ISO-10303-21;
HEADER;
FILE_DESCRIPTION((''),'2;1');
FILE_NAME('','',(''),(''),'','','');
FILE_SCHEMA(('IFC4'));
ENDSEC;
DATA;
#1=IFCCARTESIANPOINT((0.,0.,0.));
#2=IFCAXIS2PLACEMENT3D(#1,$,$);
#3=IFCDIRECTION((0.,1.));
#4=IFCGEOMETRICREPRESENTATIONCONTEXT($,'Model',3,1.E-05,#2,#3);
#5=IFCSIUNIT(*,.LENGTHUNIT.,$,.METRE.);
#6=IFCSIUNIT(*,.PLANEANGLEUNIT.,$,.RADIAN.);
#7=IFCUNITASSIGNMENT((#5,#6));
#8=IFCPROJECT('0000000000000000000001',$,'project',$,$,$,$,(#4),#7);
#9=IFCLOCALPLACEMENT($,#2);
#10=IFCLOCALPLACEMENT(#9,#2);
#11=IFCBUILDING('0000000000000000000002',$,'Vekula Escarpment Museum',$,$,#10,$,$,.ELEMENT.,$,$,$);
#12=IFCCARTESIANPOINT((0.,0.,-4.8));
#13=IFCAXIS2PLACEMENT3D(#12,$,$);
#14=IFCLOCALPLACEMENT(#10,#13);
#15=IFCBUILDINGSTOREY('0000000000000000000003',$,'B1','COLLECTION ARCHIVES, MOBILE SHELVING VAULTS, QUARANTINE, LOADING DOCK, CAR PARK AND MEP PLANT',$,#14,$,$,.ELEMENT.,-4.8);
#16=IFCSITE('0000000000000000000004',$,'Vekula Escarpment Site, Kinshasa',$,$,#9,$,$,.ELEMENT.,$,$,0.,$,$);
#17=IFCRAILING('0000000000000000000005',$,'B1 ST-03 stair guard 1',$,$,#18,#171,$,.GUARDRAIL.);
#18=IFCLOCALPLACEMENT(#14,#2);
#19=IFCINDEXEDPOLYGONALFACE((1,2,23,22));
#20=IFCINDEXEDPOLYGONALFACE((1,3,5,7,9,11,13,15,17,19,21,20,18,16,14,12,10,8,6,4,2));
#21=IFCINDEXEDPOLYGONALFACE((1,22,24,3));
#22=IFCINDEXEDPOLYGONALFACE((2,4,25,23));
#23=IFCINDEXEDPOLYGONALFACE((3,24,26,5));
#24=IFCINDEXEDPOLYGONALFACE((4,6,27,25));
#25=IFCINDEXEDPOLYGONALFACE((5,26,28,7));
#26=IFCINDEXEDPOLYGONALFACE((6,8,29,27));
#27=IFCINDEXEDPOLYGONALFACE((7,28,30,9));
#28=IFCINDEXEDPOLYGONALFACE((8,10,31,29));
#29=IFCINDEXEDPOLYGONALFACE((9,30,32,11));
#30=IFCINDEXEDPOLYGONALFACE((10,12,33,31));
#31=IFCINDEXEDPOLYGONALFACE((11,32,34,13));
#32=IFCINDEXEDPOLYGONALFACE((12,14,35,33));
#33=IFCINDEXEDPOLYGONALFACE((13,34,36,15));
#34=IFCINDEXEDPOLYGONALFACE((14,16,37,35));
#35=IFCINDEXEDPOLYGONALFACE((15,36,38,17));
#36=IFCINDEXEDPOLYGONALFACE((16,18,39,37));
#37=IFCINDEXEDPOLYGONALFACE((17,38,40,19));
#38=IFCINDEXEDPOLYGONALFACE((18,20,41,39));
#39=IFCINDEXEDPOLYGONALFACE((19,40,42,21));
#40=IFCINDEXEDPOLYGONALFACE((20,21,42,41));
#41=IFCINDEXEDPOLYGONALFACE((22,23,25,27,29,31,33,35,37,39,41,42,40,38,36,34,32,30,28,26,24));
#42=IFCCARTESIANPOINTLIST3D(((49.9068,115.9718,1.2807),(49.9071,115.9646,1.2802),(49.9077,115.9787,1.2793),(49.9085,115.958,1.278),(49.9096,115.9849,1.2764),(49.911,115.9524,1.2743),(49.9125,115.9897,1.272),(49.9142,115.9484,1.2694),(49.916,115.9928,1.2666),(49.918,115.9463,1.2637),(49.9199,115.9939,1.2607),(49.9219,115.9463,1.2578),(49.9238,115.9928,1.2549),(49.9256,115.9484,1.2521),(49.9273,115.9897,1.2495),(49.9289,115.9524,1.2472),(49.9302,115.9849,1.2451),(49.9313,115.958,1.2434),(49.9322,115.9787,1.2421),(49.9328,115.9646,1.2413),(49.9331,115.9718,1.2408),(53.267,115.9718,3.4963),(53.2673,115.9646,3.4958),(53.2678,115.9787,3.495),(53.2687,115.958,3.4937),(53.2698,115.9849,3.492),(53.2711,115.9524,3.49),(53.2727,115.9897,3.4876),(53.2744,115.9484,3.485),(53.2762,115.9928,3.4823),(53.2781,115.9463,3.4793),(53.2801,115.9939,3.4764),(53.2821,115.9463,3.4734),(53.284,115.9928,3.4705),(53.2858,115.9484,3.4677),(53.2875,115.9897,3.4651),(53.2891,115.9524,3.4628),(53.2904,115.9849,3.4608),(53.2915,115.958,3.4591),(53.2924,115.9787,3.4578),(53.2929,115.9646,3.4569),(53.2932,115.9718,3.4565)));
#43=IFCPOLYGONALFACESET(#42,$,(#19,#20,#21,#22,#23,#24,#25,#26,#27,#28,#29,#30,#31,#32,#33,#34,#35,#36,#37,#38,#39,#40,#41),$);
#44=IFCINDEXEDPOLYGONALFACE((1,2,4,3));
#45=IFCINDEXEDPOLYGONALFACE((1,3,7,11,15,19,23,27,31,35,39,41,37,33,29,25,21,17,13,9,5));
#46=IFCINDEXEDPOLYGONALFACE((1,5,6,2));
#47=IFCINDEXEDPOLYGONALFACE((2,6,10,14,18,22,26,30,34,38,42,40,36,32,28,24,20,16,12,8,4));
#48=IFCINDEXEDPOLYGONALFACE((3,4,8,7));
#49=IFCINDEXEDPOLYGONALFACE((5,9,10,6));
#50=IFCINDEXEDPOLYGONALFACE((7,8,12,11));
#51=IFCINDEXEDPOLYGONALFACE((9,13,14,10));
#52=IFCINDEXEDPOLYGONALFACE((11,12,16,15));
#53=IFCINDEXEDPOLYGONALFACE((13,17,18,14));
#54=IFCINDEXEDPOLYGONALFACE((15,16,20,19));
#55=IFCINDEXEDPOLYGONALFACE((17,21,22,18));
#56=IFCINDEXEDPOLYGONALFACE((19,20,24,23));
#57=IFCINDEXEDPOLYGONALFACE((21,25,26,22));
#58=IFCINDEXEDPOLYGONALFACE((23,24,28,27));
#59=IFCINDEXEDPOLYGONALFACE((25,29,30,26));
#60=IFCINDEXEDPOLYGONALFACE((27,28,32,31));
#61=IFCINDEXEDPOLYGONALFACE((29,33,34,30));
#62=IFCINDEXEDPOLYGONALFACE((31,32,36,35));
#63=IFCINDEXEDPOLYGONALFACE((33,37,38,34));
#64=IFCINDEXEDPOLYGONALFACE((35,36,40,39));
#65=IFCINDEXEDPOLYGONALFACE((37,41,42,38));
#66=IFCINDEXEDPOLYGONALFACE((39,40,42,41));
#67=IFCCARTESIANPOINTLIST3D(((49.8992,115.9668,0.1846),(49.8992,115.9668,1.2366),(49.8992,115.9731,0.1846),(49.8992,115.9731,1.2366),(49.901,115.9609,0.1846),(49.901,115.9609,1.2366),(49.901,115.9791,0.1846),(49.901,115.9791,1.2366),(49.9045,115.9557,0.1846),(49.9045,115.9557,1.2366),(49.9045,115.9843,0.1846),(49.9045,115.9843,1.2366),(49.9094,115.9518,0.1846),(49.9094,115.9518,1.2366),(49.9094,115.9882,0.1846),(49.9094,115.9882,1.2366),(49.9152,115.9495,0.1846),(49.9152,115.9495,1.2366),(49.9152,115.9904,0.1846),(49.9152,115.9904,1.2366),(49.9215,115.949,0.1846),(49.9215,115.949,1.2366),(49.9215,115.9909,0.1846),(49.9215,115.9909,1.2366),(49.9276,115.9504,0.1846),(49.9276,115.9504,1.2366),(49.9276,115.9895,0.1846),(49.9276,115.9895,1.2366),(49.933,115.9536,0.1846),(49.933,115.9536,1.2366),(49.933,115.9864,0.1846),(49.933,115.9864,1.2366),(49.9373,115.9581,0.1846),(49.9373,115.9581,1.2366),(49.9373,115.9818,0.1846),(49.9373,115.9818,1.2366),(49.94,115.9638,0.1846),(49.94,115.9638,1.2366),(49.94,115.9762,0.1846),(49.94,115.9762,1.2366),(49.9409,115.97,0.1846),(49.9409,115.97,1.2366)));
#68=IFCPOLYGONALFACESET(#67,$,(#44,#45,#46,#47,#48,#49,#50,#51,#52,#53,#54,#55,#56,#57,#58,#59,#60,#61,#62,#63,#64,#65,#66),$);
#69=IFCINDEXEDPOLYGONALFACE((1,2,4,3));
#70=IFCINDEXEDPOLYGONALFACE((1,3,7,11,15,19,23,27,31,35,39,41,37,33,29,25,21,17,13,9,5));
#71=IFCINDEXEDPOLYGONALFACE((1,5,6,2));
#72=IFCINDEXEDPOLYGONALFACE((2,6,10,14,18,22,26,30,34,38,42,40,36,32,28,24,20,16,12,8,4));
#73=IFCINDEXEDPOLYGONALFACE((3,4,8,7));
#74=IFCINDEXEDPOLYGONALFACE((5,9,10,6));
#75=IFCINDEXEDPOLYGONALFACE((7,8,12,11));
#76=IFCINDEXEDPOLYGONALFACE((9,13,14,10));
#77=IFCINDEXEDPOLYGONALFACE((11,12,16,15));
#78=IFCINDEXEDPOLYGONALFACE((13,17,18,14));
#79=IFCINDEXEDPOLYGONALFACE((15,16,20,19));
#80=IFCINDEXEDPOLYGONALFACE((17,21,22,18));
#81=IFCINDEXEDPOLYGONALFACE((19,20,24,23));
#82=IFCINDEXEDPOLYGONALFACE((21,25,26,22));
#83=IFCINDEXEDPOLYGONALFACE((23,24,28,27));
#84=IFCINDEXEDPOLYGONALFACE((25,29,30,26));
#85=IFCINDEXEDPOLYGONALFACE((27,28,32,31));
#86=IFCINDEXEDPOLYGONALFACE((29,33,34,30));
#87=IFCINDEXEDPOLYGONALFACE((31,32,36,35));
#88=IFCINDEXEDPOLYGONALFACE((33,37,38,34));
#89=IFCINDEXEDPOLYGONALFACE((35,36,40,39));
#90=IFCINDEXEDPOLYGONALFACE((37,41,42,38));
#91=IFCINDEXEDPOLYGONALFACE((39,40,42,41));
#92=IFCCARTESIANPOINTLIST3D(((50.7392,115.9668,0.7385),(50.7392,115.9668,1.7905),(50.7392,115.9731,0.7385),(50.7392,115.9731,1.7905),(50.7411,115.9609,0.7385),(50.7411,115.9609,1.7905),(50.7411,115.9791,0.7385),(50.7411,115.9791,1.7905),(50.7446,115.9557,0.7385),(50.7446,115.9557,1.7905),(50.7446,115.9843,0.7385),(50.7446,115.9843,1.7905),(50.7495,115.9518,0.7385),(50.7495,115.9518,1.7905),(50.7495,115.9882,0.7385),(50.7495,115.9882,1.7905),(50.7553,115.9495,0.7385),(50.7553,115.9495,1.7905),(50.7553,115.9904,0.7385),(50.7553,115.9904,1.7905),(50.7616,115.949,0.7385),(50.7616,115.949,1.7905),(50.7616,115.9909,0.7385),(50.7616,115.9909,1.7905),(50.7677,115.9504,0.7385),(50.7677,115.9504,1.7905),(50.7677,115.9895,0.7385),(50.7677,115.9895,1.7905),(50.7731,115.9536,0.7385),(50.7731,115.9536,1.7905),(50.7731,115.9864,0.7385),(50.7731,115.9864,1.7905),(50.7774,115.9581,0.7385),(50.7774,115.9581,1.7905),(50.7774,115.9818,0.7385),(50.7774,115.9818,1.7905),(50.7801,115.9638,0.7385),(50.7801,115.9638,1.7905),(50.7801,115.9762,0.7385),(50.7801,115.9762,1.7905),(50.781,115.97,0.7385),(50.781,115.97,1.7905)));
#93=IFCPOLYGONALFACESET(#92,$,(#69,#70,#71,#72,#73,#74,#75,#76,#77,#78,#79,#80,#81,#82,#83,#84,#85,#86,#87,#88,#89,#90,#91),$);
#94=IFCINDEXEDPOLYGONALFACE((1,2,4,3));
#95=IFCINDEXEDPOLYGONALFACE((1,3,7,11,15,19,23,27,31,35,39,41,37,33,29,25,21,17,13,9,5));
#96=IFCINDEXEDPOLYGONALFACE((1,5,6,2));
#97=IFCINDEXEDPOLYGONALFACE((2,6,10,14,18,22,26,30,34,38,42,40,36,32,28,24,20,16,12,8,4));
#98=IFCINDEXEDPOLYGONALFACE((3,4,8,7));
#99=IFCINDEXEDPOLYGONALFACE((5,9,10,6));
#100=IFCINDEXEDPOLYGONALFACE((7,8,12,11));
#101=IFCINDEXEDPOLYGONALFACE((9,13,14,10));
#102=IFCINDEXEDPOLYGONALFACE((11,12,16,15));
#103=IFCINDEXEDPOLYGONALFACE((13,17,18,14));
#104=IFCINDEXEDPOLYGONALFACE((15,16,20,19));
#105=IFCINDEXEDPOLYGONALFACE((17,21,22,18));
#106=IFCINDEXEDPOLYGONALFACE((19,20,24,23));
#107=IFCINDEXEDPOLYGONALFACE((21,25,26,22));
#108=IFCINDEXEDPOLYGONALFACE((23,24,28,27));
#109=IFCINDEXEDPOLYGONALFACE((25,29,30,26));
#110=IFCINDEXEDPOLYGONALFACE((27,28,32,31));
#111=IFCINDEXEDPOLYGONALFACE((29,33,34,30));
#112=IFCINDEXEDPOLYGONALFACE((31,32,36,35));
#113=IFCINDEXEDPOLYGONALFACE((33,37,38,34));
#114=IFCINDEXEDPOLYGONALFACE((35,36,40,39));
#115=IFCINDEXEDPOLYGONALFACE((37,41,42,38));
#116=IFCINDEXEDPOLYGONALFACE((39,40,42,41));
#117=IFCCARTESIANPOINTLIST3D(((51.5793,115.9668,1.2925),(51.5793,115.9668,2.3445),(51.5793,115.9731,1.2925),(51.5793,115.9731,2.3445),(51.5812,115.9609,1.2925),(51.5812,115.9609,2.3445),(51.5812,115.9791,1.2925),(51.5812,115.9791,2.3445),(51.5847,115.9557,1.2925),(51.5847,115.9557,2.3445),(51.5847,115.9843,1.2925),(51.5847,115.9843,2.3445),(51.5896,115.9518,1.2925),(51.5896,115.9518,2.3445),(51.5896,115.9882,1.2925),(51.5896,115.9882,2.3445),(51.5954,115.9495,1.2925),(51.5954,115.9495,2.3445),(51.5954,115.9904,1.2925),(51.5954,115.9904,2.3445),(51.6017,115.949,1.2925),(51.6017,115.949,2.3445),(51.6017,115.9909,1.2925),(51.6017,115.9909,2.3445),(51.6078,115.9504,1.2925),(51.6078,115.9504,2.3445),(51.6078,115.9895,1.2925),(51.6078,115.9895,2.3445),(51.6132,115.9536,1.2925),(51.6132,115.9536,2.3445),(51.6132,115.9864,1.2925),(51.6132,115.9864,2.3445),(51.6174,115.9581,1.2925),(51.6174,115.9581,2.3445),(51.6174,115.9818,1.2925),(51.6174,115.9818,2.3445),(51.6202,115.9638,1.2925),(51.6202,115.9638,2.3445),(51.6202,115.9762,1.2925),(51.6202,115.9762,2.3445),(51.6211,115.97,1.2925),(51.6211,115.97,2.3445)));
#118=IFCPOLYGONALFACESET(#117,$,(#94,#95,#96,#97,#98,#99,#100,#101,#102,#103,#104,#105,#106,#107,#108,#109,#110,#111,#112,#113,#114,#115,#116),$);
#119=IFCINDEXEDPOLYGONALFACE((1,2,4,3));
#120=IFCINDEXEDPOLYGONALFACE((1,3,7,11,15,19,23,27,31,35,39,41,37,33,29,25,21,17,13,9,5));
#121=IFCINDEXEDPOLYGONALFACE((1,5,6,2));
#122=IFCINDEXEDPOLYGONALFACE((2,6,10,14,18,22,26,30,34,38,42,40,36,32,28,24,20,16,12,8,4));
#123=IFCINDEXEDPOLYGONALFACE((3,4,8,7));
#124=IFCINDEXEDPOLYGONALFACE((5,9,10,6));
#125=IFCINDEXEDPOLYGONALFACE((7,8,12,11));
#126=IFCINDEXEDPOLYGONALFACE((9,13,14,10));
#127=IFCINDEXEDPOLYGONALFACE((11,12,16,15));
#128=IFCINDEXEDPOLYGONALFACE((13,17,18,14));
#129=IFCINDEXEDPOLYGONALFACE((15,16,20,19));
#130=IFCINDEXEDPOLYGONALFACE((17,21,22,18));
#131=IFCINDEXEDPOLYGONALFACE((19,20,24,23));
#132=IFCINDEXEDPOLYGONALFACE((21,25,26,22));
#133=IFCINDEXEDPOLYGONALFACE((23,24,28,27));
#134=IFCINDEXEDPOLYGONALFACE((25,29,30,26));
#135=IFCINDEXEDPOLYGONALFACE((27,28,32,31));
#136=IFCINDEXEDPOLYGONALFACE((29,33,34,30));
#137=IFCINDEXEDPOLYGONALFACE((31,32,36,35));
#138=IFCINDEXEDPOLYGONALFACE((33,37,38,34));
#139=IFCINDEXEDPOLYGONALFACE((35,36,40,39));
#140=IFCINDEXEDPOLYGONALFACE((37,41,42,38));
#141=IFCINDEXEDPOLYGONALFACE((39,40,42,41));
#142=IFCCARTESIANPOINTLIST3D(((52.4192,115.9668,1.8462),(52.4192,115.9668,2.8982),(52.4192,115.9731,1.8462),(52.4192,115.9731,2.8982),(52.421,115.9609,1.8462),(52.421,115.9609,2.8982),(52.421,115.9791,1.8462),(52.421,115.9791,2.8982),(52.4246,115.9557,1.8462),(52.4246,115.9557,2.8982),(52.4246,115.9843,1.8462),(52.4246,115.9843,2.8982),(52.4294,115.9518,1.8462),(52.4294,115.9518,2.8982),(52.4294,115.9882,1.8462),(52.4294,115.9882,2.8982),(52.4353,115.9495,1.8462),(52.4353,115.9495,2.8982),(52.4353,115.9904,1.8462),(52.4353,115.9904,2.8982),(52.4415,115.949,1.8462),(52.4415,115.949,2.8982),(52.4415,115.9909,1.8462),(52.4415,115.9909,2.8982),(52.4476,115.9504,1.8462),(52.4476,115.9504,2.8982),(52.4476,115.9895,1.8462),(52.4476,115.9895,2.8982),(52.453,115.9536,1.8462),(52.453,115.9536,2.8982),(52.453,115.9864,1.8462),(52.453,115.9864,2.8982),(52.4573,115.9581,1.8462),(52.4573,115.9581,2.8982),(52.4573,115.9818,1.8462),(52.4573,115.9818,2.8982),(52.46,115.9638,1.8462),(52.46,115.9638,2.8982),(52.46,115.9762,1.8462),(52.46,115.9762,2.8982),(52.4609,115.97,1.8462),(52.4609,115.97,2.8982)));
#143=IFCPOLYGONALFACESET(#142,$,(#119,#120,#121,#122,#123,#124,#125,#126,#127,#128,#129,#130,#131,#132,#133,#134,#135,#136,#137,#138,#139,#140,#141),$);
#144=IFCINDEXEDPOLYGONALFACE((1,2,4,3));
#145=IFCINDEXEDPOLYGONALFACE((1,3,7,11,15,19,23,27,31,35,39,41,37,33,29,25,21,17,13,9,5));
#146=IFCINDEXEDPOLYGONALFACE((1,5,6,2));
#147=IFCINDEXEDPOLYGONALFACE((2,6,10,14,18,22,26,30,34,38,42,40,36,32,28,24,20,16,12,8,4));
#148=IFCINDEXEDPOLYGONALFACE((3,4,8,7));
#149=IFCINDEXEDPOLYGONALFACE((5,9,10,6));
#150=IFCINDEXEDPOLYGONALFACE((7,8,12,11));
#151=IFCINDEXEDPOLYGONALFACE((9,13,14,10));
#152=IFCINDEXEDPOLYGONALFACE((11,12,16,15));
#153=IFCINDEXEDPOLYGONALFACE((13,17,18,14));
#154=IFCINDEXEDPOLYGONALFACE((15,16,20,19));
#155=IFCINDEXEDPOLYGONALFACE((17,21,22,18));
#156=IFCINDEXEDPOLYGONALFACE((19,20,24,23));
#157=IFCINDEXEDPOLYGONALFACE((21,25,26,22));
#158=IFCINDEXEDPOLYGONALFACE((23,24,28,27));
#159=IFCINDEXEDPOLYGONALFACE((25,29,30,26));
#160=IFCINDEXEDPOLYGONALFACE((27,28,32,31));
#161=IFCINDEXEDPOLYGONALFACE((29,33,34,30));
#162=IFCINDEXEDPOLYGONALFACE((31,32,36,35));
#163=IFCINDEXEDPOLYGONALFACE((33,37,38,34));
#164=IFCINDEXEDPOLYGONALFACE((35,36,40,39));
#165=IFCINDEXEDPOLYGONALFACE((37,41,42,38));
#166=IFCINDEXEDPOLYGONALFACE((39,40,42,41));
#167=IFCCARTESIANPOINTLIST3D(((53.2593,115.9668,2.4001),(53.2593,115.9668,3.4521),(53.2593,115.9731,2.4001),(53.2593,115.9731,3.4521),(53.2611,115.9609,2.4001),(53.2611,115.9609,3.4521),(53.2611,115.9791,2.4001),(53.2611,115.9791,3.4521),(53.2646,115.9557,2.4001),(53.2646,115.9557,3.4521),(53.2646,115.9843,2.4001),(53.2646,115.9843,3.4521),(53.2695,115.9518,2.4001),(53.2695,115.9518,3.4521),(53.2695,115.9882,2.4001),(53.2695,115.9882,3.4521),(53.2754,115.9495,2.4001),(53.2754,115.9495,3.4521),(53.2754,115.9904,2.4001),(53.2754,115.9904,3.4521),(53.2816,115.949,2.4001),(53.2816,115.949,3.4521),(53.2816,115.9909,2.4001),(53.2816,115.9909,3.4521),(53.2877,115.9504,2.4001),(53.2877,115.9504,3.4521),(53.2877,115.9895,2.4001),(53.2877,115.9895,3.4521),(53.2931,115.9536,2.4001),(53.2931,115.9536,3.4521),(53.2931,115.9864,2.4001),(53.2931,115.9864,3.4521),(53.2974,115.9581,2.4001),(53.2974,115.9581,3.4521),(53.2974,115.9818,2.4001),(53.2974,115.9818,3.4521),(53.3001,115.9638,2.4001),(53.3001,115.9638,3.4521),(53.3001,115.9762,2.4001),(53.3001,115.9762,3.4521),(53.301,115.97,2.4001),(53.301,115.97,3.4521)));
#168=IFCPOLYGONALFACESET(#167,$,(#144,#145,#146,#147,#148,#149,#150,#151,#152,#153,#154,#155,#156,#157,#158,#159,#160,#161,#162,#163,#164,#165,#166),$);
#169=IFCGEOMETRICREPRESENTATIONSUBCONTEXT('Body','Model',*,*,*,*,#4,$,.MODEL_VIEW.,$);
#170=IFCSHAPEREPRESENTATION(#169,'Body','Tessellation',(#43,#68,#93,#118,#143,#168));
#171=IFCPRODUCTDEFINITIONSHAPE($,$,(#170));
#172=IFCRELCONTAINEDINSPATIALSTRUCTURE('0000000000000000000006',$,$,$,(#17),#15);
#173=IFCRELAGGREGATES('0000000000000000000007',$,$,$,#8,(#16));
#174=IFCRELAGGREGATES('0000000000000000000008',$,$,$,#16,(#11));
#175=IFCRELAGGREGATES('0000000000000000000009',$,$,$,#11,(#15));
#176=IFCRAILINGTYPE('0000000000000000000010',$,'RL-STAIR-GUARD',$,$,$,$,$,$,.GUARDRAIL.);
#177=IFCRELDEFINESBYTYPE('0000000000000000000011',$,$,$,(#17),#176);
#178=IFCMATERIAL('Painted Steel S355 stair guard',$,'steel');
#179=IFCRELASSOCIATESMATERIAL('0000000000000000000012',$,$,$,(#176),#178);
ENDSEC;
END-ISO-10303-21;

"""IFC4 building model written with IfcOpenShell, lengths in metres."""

from ifc_helpers import new_model, si_unit, direction, frame, origin, origin_2d, place, context, subcontext, project, spatial, circle, extrude, material, type_object, element, save


model = new_model("IFC4")

# Units and contexts
model_context = context("Model", 3, precision=1e-05, world=origin(), true_north=direction((0.0, 1.0)))
body_context = subcontext(model_context, "Body", "Model", "MODEL_VIEW")
ifc_project = project(units=[si_unit("LENGTHUNIT", "METRE"), si_unit("PLANEANGLEUNIT", "RADIAN")], contexts=[model_context])

# Site, building, storey
site_placement = place(None, origin())
site = spatial("IfcSite", under=ifc_project, at=site_placement, Name="Vekula Escarpment Site, Kinshasa", CompositionType="ELEMENT", RefElevation=0.0)
building_placement = place(site_placement, origin())
building = spatial("IfcBuilding", under=site, at=building_placement, Name="Vekula Escarpment Museum", CompositionType="ELEMENT")
storey_placement = place(building_placement, frame((0.0, 0.0, -4.8)))
storey = spatial("IfcBuildingStorey", under=building, at=storey_placement, Name="B1", Description="COLLECTION ARCHIVES, MOBILE SHELVING VAULTS, QUARANTINE, LOADING DOCK, CAR PARK AND MEP PLANT", CompositionType="ELEMENT", Elevation=-4.8)

# Railing
ifc_material_1 = material(Name="Painted Steel S355 stair guard", Category="steel")
railing_type_1 = type_object("IfcRailingType", Name="RL-STAIR-GUARD", PredefinedType="GUARDRAIL", material=ifc_material_1)
railing_1_placement = place(storey_placement, frame((49.9199, 115.97, 0.1846)))
element("IfcRailing", 1, at=railing_1_placement, inside=storey, type_object=railing_type_1, Name="B1 ST-03 stair guard 1", PredefinedType="GUARDRAIL", context=body_context, shape_type="SweptSolid", body=[
    extrude(circle(Radius=0.0239, at=origin_2d()), frame((0.0, 0.0, 1.0762), z_axis=(0.834849, 0.0, 0.55048), x_axis=(0.0, 1.0, 0.0)), (0.0, 0.0, 1.0), 4.0249),
    extrude(circle(Radius=0.021, at=origin_2d()), origin(), (0.0, 0.0, 1.0), 1.052),
    extrude(circle(Radius=0.021, at=origin_2d()), frame((0.8401, 0.0, 0.554)), (0.0, 0.0, 1.0), 1.052),
    extrude(circle(Radius=0.021, at=origin_2d()), frame((1.6802, 0.0, 1.1079)), (0.0, 0.0, 1.0), 1.052),
    extrude(circle(Radius=0.021, at=origin_2d()), frame((2.52, 0.0, 1.6616)), (0.0, 0.0, 1.0), 1.052),
    extrude(circle(Radius=0.021, at=origin_2d()), frame((3.3601, 0.0, 2.2156)), (0.0, 0.0, 1.0), 1.052),
])

save(model, "model.ifc")
